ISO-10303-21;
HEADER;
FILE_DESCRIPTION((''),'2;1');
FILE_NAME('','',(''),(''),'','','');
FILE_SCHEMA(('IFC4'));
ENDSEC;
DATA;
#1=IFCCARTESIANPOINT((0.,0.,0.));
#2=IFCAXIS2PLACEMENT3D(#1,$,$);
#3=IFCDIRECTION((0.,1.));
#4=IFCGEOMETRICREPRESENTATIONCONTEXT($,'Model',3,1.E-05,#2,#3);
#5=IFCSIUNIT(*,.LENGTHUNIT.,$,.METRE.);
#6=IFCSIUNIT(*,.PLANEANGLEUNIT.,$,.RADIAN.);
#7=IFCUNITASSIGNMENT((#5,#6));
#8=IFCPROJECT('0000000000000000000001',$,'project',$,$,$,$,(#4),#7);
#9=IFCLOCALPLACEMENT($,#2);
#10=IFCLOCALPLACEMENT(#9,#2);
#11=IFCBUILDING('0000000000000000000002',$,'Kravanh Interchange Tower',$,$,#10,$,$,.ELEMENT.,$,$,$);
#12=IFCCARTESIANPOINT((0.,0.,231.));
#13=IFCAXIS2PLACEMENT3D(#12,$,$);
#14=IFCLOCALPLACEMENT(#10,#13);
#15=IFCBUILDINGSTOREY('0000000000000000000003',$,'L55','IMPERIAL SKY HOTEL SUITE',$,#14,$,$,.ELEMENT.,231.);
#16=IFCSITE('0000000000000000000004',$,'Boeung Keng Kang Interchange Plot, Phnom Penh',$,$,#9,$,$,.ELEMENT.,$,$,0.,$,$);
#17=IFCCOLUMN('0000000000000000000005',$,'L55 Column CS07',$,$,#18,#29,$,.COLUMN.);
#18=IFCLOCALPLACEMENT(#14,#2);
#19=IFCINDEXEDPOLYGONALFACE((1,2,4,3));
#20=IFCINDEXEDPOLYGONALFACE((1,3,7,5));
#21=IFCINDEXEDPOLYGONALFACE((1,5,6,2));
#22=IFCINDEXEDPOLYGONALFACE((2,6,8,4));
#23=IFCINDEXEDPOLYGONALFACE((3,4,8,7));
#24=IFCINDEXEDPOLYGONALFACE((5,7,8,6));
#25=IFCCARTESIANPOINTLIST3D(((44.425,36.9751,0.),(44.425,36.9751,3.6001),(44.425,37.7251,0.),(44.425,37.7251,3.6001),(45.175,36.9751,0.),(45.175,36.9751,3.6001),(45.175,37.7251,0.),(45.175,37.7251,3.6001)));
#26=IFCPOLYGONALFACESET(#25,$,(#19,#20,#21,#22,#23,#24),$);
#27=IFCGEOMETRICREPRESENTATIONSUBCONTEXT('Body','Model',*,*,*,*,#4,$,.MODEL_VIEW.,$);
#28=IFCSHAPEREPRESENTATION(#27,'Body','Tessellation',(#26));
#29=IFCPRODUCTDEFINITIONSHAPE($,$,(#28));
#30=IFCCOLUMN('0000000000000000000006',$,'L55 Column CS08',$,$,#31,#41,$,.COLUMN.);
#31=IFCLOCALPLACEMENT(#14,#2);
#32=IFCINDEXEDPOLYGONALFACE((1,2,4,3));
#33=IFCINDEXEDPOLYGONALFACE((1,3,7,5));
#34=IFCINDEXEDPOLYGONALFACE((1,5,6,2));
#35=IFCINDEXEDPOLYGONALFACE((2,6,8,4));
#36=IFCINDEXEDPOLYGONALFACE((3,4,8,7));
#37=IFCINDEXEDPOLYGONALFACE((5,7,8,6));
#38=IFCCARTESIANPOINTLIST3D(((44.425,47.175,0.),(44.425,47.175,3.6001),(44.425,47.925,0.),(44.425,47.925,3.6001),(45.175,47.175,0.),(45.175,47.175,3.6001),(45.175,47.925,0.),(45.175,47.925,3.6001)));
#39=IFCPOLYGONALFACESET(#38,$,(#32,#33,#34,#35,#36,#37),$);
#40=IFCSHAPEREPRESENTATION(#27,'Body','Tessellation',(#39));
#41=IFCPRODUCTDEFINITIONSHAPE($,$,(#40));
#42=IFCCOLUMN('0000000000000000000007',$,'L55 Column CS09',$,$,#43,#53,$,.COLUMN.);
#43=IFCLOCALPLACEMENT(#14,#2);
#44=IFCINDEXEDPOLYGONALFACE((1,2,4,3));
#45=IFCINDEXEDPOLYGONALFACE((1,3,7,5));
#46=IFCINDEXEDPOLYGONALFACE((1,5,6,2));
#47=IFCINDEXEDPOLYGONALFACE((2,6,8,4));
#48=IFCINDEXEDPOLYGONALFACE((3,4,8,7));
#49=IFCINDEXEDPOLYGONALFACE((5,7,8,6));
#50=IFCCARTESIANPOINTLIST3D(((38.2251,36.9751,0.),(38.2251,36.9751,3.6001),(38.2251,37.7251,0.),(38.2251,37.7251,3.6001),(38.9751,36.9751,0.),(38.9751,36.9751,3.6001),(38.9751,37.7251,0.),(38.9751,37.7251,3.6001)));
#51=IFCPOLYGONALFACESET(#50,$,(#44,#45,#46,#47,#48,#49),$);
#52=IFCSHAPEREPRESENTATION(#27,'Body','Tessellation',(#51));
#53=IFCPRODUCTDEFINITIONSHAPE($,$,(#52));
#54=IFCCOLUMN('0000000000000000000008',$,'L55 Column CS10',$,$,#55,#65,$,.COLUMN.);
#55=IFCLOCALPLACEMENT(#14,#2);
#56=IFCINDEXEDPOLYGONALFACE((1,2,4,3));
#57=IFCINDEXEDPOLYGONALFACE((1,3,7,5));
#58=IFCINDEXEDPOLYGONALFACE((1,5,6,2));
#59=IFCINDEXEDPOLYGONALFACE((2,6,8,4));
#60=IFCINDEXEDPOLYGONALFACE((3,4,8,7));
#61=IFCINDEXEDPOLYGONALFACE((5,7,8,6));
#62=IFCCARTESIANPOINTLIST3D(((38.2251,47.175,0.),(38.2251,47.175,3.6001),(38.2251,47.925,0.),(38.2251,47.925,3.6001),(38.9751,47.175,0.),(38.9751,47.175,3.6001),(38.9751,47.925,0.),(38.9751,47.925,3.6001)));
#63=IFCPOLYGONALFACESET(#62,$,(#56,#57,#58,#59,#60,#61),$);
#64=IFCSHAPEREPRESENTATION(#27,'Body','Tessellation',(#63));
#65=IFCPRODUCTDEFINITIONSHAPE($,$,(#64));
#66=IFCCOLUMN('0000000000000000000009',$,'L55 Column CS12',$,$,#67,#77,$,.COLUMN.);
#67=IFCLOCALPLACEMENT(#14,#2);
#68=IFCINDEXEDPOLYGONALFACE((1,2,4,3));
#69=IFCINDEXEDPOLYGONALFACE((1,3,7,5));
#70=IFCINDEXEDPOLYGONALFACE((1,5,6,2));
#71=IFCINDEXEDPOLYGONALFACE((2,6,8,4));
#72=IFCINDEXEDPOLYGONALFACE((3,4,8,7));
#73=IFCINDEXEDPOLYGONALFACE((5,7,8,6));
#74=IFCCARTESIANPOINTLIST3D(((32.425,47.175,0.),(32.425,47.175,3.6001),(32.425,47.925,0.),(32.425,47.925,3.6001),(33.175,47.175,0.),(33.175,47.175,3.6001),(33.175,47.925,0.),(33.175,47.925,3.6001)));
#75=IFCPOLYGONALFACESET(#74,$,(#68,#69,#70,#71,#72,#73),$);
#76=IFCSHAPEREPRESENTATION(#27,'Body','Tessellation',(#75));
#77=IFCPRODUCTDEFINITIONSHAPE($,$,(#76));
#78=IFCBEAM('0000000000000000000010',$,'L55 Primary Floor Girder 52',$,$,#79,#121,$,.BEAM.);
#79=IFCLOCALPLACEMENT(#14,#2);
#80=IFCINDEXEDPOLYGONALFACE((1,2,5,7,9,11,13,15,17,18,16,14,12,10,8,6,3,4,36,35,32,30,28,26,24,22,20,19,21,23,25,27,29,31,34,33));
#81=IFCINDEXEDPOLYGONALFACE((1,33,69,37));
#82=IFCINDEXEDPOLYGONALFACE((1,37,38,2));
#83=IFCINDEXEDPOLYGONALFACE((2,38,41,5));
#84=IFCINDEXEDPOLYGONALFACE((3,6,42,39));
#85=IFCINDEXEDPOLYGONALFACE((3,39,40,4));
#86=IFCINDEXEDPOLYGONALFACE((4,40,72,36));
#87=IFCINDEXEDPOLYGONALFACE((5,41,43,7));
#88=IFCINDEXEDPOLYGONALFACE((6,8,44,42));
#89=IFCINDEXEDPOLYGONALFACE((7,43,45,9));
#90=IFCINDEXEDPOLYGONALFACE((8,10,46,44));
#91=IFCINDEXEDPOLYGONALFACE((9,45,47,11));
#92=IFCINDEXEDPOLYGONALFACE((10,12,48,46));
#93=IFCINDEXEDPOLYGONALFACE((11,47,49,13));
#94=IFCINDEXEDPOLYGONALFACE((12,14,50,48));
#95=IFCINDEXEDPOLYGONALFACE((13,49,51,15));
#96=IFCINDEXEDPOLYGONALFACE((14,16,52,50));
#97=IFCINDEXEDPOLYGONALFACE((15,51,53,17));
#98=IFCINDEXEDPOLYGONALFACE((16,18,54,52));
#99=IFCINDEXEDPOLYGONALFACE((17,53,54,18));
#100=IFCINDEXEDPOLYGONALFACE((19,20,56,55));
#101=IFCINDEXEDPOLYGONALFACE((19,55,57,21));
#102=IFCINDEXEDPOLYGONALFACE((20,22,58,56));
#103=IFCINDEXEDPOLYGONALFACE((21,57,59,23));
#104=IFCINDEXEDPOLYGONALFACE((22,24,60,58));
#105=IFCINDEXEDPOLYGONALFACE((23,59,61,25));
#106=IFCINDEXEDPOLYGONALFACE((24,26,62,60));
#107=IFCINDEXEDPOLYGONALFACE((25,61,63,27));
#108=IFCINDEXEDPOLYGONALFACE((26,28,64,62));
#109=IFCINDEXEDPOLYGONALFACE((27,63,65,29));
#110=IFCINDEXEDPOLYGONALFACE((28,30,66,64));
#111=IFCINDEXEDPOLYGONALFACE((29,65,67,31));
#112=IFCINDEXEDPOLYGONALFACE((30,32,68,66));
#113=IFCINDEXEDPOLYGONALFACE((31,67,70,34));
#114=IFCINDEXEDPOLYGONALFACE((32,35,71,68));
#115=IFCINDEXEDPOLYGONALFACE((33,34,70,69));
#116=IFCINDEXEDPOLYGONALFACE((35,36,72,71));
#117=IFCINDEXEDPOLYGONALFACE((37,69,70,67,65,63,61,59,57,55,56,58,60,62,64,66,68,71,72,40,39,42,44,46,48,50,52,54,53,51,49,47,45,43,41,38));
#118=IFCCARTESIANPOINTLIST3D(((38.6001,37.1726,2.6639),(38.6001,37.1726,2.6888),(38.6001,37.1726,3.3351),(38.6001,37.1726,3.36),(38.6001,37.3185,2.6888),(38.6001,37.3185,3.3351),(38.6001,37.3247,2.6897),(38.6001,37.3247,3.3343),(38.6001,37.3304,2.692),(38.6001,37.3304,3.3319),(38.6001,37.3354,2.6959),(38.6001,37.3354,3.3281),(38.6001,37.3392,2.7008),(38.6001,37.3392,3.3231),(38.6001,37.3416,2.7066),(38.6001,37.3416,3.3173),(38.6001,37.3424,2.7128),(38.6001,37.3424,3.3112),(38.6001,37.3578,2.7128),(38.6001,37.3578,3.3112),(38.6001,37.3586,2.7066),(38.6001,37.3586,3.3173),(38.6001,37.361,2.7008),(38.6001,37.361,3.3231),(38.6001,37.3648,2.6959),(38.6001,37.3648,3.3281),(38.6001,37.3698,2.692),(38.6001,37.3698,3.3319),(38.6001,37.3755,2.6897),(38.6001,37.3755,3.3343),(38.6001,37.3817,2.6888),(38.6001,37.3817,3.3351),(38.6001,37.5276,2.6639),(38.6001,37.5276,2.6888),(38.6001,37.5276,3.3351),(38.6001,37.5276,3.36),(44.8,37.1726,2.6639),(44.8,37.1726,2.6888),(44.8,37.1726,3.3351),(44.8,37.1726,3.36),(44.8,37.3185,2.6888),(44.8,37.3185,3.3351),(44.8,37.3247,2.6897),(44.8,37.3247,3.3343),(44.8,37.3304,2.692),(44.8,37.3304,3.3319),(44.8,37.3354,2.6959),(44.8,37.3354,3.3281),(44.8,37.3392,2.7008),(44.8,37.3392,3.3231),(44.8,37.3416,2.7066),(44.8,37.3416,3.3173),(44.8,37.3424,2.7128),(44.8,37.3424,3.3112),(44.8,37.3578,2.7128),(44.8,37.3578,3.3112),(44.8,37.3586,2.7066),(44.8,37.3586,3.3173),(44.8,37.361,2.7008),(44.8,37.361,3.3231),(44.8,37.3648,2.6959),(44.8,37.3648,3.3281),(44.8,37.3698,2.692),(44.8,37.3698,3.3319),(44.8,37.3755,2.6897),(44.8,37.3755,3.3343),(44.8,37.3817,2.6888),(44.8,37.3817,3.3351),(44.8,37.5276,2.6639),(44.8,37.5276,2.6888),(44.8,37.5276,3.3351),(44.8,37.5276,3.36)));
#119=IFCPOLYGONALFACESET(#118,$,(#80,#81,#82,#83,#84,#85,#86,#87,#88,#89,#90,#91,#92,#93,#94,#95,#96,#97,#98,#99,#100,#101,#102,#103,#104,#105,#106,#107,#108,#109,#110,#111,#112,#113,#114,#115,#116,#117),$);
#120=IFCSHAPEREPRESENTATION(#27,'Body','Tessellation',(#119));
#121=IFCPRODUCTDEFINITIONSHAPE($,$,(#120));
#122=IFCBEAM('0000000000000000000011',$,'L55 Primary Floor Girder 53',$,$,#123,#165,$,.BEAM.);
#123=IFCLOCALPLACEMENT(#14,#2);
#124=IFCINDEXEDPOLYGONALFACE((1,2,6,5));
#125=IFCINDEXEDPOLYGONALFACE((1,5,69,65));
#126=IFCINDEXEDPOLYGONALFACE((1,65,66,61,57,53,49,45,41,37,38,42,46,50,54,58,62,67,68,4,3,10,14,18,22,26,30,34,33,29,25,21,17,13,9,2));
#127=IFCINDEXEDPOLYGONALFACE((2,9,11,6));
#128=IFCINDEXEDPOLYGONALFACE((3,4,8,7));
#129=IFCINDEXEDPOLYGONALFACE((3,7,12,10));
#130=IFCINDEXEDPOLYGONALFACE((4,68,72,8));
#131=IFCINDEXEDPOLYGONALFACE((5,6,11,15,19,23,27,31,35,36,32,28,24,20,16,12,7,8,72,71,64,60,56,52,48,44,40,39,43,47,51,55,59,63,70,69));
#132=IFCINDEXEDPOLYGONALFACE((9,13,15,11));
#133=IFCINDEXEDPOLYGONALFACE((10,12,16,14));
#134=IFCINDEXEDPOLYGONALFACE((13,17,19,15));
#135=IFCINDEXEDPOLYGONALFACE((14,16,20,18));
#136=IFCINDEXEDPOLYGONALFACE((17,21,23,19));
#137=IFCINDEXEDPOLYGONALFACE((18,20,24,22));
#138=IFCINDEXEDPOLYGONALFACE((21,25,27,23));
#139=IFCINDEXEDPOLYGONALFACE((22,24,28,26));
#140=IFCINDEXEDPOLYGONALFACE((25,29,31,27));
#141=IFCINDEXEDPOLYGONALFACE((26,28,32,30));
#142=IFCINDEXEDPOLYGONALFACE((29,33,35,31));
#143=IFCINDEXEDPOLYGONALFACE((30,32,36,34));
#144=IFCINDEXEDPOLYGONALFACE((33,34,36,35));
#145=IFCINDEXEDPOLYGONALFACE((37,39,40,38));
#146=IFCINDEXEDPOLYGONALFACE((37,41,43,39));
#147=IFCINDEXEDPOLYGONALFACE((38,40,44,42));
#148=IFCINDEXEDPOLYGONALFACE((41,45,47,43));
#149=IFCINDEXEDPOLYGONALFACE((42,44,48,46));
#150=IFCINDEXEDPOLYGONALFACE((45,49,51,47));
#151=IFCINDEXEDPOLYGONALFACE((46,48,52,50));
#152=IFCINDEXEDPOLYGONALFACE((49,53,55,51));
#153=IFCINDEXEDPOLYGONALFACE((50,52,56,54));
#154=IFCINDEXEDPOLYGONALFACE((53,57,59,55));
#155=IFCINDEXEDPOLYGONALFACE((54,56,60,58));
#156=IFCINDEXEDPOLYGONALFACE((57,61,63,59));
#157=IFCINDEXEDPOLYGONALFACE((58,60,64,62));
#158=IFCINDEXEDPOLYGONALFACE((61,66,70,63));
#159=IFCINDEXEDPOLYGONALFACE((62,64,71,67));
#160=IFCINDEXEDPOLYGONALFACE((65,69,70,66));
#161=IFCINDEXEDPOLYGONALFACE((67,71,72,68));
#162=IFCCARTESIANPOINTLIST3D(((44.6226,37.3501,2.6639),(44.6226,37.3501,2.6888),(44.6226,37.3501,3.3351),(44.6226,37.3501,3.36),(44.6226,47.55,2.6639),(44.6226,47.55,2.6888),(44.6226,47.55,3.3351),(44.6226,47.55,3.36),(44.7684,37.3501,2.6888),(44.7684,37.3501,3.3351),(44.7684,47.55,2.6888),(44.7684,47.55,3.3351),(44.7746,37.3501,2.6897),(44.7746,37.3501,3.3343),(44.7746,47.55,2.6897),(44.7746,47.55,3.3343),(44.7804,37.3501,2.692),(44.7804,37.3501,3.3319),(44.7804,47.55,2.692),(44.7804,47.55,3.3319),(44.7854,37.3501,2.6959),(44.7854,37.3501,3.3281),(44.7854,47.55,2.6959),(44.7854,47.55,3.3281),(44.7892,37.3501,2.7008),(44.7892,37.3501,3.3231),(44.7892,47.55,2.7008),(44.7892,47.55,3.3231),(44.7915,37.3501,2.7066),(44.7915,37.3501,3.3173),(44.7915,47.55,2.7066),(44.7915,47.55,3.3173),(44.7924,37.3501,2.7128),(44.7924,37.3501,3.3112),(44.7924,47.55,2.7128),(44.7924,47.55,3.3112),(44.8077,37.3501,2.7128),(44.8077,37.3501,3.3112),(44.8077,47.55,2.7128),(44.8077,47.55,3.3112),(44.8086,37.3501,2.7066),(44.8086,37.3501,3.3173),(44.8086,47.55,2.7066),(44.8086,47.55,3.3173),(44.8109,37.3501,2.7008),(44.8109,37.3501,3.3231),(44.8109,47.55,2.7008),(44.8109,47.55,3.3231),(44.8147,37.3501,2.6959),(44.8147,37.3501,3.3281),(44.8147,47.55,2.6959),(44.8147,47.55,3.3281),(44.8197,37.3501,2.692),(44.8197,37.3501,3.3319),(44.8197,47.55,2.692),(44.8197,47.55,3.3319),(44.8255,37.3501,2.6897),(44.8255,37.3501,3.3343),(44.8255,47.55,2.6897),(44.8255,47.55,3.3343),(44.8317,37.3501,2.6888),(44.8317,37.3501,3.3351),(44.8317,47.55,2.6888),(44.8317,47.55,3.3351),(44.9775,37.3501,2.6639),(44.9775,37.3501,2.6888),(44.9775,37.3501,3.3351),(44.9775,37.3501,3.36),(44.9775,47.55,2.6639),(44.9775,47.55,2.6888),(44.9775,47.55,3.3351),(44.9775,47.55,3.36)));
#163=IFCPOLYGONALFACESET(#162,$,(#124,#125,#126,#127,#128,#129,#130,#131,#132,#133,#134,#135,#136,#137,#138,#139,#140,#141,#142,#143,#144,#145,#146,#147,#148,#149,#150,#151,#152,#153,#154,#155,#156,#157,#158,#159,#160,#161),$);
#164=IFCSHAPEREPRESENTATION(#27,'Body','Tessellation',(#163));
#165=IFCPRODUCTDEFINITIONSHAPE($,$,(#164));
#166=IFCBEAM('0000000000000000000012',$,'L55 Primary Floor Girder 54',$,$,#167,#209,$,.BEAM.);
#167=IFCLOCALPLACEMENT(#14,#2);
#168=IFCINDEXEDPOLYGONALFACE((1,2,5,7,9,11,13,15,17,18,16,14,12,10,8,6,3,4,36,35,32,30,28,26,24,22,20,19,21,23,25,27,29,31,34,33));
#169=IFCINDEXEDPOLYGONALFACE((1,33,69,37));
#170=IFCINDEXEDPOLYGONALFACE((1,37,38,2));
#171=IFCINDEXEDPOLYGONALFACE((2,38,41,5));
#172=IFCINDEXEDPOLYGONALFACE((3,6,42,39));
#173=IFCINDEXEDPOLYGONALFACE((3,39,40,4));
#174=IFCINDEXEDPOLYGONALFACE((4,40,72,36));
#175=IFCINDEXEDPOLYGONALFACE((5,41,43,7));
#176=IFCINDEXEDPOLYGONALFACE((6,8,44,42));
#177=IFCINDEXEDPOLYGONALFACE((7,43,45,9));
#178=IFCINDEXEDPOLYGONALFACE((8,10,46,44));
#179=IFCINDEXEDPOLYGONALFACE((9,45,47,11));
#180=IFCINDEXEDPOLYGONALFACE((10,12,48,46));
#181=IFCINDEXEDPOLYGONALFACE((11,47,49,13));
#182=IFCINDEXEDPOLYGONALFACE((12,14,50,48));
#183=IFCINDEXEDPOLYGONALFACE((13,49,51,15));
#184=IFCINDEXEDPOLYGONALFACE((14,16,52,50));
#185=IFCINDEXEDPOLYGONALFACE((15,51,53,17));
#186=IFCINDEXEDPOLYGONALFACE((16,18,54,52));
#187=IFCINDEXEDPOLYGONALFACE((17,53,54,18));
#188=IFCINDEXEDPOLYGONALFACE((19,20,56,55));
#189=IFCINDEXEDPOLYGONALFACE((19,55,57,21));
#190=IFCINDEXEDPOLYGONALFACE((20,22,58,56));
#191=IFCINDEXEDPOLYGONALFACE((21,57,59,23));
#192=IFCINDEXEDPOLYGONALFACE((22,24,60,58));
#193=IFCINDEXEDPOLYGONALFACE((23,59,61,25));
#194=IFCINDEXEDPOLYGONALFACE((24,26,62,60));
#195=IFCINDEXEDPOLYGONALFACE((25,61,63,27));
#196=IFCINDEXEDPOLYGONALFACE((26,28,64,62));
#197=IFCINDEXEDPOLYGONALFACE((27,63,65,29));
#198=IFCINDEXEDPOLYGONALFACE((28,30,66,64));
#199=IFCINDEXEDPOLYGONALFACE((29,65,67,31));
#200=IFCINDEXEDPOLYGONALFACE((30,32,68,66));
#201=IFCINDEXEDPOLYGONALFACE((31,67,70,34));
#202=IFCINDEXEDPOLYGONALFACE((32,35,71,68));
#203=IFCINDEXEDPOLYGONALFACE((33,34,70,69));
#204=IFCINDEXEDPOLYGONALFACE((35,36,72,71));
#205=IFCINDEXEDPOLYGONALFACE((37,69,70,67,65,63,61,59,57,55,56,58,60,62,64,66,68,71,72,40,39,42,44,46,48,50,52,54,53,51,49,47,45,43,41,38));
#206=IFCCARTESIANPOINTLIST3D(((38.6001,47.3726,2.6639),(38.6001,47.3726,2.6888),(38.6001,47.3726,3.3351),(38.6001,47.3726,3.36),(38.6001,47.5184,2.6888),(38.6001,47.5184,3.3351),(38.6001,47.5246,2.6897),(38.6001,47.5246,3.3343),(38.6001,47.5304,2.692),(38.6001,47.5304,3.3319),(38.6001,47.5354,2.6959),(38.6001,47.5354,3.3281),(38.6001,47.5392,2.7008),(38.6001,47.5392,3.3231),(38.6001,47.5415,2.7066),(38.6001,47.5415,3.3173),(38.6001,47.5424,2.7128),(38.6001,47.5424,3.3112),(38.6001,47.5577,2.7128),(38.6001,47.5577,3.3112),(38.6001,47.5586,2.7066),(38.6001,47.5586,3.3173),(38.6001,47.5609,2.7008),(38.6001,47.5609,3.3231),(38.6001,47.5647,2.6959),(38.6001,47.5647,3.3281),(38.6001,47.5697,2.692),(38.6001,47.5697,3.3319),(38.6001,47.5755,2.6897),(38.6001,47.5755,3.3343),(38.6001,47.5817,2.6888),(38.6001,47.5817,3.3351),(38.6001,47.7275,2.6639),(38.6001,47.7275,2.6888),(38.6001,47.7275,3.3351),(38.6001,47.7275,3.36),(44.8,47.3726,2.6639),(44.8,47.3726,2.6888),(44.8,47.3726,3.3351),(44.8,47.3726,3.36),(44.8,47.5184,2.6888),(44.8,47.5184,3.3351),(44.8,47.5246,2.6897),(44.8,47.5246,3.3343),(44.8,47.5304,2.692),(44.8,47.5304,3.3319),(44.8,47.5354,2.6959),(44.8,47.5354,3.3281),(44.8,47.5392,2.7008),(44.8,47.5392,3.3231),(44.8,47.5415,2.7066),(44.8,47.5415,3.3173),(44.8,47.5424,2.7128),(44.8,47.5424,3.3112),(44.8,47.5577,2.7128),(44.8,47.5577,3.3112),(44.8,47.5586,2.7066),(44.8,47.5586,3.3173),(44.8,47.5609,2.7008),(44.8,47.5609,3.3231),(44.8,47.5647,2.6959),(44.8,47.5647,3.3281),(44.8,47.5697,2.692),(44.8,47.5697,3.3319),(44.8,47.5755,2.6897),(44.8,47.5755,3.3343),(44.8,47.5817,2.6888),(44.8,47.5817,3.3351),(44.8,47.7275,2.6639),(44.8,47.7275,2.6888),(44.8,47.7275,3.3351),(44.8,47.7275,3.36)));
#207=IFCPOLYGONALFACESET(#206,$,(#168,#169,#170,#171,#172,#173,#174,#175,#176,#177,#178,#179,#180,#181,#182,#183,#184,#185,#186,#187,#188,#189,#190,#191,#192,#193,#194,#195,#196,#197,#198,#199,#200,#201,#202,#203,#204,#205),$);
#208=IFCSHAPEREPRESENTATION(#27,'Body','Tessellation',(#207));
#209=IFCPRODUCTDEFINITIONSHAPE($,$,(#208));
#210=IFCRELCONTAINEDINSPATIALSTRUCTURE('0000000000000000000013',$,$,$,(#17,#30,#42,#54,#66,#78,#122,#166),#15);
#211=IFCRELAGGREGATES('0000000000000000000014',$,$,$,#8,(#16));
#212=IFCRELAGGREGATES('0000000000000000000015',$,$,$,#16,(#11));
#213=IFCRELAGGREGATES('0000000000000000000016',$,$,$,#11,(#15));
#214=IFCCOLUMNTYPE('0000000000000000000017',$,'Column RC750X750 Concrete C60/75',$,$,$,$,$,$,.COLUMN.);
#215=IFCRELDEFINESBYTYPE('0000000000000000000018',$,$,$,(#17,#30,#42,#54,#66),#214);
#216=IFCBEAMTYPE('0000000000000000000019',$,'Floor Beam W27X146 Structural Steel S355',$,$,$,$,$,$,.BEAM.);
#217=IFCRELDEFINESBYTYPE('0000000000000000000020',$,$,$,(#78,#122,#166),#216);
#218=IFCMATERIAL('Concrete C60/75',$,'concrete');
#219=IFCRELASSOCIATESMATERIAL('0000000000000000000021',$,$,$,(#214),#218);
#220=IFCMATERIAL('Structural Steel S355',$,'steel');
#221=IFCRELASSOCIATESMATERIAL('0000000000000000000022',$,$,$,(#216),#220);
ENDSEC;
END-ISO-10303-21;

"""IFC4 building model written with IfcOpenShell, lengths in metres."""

from ifc_helpers import new_model, si_unit, direction, frame, origin, origin_2d, place, context, subcontext, project, spatial, rectangle, i_section, extrude, material, material_profile, profile_set, type_object, element, save


model = new_model("IFC4")

# Units and contexts
model_context = context("Model", 3, precision=1e-05, world=origin(), true_north=direction((0.0, 1.0)))
body_context = subcontext(model_context, "Body", "Model", "MODEL_VIEW")
ifc_project = project(units=[si_unit("LENGTHUNIT", "METRE"), si_unit("PLANEANGLEUNIT", "RADIAN")], contexts=[model_context])

# Site, building, storey
site_placement = place(None, origin())
site = spatial("IfcSite", under=ifc_project, at=site_placement, Name="Boeung Keng Kang Interchange Plot, Phnom Penh", CompositionType="ELEMENT", RefElevation=0.0)
building_placement = place(site_placement, origin())
building = spatial("IfcBuilding", under=site, at=building_placement, Name="Kravanh Interchange Tower", CompositionType="ELEMENT")
storey_placement = place(building_placement, frame((0.0, 0.0, 231.0)))
storey = spatial("IfcBuildingStorey", under=building, at=storey_placement, Name="L55", Description="IMPERIAL SKY HOTEL SUITE", CompositionType="ELEMENT", Elevation=231.0)

# Columns
ifc_material_1 = material(Name="Concrete C60/75", Category="concrete")
ifc_material_profile_1 = material_profile(ifc_material_1, rectangle(XDim=0.75, YDim=0.75, at=origin_2d()), Name="RC750X750")
ifc_profile_set_1 = profile_set([ifc_material_profile_1], Name="Concrete C60/75")
column_type = type_object("IfcColumnType", Name="Column RC750X750 Concrete C60/75", PredefinedType="COLUMN", material=ifc_profile_set_1)
for number, where, z_axis, x_axis, name in (
    (1, (44.8, 37.3501, 0.0), (0.0, 0.0, 1.0), (1.0, 0.0, 0.0), "L55 Column CS07"),
    (2, (44.8, 47.55, 0.0), (0.0, 0.0, 1.0), (1.0, 0.0, 0.0), "L55 Column CS08"),
    (3, (38.6001, 37.3501, 0.0), (0.0, 0.0, 1.0), (1.0, 0.0, 0.0), "L55 Column CS09"),
    (4, (38.6001, 47.55, 0.0), (0.0, 0.0, 1.0), (1.0, 0.0, 0.0), "L55 Column CS10"),
    (5, (32.8, 47.55, 0.0), (0.0, 0.0, 1.0), (1.0, 0.0, 0.0), "L55 Column CS12"),
):
    element("IfcColumn", number, at=place(storey_placement, frame(where, z_axis=z_axis, x_axis=x_axis)), inside=storey, type_object=column_type, Name=name, PredefinedType="COLUMN", context=body_context, shape_type="SweptSolid", body=[
        extrude(rectangle(XDim=0.75, YDim=0.75, at=origin_2d()), origin(), (0.0, 0.0, 1.0), 3.6001),
    ])

# Beams
ifc_material_2 = material(Name="Structural Steel S355", Category="steel")
ifc_material_profile_2 = material_profile(ifc_material_2, i_section(OverallWidth=0.355, OverallDepth=0.696, WebThickness=0.0154, FlangeThickness=0.0249, FilletRadius=0.0239, at=origin_2d()), Name="W27X146")
ifc_profile_set_2 = profile_set([ifc_material_profile_2], Name="Structural Steel S355")
beam_type = type_object("IfcBeamType", Name="Floor Beam W27X146 Structural Steel S355", PredefinedType="BEAM", material=ifc_profile_set_2)
beam_1_placement = place(storey_placement, frame((44.8, 37.3501, 3.012), z_axis=(-1.0, 0.0, 0.0), x_axis=(0.0, -1.0, 0.0)))
element("IfcBeam", 6, at=beam_1_placement, inside=storey, type_object=beam_type, Name="L55 Primary Floor Girder 52", PredefinedType="BEAM", context=body_context, shape_type="SweptSolid", body=[
    extrude(i_section(OverallWidth=0.355, OverallDepth=0.696, WebThickness=0.0154, FlangeThickness=0.0249, FilletRadius=0.0239, at=origin_2d()), origin(), (0.0, 0.0, 1.0), 6.2),
])
beam_2_placement = place(storey_placement, frame((44.8, 37.3501, 3.012), z_axis=(0.0, 1.0, 0.0), x_axis=(-1.0, 0.0, 0.0)))
element("IfcBeam", 7, at=beam_2_placement, inside=storey, type_object=beam_type, Name="L55 Primary Floor Girder 53", PredefinedType="BEAM", context=body_context, shape_type="SweptSolid", body=[
    extrude(i_section(OverallWidth=0.355, OverallDepth=0.696, WebThickness=0.0154, FlangeThickness=0.0249, FilletRadius=0.0239, at=origin_2d()), origin(), (0.0, 0.0, 1.0), 10.2),
])
beam_3_placement = place(storey_placement, frame((44.8, 47.55, 3.012), z_axis=(-1.0, 0.0, 0.0), x_axis=(0.0, -1.0, 0.0)))
element("IfcBeam", 8, at=beam_3_placement, inside=storey, type_object=beam_type, Name="L55 Primary Floor Girder 54", PredefinedType="BEAM", context=body_context, shape_type="SweptSolid", body=[
    extrude(i_section(OverallWidth=0.355, OverallDepth=0.696, WebThickness=0.0154, FlangeThickness=0.0249, FilletRadius=0.0239, at=origin_2d()), origin(), (0.0, 0.0, 1.0), 6.2),
])

save(model, "model.ifc")
